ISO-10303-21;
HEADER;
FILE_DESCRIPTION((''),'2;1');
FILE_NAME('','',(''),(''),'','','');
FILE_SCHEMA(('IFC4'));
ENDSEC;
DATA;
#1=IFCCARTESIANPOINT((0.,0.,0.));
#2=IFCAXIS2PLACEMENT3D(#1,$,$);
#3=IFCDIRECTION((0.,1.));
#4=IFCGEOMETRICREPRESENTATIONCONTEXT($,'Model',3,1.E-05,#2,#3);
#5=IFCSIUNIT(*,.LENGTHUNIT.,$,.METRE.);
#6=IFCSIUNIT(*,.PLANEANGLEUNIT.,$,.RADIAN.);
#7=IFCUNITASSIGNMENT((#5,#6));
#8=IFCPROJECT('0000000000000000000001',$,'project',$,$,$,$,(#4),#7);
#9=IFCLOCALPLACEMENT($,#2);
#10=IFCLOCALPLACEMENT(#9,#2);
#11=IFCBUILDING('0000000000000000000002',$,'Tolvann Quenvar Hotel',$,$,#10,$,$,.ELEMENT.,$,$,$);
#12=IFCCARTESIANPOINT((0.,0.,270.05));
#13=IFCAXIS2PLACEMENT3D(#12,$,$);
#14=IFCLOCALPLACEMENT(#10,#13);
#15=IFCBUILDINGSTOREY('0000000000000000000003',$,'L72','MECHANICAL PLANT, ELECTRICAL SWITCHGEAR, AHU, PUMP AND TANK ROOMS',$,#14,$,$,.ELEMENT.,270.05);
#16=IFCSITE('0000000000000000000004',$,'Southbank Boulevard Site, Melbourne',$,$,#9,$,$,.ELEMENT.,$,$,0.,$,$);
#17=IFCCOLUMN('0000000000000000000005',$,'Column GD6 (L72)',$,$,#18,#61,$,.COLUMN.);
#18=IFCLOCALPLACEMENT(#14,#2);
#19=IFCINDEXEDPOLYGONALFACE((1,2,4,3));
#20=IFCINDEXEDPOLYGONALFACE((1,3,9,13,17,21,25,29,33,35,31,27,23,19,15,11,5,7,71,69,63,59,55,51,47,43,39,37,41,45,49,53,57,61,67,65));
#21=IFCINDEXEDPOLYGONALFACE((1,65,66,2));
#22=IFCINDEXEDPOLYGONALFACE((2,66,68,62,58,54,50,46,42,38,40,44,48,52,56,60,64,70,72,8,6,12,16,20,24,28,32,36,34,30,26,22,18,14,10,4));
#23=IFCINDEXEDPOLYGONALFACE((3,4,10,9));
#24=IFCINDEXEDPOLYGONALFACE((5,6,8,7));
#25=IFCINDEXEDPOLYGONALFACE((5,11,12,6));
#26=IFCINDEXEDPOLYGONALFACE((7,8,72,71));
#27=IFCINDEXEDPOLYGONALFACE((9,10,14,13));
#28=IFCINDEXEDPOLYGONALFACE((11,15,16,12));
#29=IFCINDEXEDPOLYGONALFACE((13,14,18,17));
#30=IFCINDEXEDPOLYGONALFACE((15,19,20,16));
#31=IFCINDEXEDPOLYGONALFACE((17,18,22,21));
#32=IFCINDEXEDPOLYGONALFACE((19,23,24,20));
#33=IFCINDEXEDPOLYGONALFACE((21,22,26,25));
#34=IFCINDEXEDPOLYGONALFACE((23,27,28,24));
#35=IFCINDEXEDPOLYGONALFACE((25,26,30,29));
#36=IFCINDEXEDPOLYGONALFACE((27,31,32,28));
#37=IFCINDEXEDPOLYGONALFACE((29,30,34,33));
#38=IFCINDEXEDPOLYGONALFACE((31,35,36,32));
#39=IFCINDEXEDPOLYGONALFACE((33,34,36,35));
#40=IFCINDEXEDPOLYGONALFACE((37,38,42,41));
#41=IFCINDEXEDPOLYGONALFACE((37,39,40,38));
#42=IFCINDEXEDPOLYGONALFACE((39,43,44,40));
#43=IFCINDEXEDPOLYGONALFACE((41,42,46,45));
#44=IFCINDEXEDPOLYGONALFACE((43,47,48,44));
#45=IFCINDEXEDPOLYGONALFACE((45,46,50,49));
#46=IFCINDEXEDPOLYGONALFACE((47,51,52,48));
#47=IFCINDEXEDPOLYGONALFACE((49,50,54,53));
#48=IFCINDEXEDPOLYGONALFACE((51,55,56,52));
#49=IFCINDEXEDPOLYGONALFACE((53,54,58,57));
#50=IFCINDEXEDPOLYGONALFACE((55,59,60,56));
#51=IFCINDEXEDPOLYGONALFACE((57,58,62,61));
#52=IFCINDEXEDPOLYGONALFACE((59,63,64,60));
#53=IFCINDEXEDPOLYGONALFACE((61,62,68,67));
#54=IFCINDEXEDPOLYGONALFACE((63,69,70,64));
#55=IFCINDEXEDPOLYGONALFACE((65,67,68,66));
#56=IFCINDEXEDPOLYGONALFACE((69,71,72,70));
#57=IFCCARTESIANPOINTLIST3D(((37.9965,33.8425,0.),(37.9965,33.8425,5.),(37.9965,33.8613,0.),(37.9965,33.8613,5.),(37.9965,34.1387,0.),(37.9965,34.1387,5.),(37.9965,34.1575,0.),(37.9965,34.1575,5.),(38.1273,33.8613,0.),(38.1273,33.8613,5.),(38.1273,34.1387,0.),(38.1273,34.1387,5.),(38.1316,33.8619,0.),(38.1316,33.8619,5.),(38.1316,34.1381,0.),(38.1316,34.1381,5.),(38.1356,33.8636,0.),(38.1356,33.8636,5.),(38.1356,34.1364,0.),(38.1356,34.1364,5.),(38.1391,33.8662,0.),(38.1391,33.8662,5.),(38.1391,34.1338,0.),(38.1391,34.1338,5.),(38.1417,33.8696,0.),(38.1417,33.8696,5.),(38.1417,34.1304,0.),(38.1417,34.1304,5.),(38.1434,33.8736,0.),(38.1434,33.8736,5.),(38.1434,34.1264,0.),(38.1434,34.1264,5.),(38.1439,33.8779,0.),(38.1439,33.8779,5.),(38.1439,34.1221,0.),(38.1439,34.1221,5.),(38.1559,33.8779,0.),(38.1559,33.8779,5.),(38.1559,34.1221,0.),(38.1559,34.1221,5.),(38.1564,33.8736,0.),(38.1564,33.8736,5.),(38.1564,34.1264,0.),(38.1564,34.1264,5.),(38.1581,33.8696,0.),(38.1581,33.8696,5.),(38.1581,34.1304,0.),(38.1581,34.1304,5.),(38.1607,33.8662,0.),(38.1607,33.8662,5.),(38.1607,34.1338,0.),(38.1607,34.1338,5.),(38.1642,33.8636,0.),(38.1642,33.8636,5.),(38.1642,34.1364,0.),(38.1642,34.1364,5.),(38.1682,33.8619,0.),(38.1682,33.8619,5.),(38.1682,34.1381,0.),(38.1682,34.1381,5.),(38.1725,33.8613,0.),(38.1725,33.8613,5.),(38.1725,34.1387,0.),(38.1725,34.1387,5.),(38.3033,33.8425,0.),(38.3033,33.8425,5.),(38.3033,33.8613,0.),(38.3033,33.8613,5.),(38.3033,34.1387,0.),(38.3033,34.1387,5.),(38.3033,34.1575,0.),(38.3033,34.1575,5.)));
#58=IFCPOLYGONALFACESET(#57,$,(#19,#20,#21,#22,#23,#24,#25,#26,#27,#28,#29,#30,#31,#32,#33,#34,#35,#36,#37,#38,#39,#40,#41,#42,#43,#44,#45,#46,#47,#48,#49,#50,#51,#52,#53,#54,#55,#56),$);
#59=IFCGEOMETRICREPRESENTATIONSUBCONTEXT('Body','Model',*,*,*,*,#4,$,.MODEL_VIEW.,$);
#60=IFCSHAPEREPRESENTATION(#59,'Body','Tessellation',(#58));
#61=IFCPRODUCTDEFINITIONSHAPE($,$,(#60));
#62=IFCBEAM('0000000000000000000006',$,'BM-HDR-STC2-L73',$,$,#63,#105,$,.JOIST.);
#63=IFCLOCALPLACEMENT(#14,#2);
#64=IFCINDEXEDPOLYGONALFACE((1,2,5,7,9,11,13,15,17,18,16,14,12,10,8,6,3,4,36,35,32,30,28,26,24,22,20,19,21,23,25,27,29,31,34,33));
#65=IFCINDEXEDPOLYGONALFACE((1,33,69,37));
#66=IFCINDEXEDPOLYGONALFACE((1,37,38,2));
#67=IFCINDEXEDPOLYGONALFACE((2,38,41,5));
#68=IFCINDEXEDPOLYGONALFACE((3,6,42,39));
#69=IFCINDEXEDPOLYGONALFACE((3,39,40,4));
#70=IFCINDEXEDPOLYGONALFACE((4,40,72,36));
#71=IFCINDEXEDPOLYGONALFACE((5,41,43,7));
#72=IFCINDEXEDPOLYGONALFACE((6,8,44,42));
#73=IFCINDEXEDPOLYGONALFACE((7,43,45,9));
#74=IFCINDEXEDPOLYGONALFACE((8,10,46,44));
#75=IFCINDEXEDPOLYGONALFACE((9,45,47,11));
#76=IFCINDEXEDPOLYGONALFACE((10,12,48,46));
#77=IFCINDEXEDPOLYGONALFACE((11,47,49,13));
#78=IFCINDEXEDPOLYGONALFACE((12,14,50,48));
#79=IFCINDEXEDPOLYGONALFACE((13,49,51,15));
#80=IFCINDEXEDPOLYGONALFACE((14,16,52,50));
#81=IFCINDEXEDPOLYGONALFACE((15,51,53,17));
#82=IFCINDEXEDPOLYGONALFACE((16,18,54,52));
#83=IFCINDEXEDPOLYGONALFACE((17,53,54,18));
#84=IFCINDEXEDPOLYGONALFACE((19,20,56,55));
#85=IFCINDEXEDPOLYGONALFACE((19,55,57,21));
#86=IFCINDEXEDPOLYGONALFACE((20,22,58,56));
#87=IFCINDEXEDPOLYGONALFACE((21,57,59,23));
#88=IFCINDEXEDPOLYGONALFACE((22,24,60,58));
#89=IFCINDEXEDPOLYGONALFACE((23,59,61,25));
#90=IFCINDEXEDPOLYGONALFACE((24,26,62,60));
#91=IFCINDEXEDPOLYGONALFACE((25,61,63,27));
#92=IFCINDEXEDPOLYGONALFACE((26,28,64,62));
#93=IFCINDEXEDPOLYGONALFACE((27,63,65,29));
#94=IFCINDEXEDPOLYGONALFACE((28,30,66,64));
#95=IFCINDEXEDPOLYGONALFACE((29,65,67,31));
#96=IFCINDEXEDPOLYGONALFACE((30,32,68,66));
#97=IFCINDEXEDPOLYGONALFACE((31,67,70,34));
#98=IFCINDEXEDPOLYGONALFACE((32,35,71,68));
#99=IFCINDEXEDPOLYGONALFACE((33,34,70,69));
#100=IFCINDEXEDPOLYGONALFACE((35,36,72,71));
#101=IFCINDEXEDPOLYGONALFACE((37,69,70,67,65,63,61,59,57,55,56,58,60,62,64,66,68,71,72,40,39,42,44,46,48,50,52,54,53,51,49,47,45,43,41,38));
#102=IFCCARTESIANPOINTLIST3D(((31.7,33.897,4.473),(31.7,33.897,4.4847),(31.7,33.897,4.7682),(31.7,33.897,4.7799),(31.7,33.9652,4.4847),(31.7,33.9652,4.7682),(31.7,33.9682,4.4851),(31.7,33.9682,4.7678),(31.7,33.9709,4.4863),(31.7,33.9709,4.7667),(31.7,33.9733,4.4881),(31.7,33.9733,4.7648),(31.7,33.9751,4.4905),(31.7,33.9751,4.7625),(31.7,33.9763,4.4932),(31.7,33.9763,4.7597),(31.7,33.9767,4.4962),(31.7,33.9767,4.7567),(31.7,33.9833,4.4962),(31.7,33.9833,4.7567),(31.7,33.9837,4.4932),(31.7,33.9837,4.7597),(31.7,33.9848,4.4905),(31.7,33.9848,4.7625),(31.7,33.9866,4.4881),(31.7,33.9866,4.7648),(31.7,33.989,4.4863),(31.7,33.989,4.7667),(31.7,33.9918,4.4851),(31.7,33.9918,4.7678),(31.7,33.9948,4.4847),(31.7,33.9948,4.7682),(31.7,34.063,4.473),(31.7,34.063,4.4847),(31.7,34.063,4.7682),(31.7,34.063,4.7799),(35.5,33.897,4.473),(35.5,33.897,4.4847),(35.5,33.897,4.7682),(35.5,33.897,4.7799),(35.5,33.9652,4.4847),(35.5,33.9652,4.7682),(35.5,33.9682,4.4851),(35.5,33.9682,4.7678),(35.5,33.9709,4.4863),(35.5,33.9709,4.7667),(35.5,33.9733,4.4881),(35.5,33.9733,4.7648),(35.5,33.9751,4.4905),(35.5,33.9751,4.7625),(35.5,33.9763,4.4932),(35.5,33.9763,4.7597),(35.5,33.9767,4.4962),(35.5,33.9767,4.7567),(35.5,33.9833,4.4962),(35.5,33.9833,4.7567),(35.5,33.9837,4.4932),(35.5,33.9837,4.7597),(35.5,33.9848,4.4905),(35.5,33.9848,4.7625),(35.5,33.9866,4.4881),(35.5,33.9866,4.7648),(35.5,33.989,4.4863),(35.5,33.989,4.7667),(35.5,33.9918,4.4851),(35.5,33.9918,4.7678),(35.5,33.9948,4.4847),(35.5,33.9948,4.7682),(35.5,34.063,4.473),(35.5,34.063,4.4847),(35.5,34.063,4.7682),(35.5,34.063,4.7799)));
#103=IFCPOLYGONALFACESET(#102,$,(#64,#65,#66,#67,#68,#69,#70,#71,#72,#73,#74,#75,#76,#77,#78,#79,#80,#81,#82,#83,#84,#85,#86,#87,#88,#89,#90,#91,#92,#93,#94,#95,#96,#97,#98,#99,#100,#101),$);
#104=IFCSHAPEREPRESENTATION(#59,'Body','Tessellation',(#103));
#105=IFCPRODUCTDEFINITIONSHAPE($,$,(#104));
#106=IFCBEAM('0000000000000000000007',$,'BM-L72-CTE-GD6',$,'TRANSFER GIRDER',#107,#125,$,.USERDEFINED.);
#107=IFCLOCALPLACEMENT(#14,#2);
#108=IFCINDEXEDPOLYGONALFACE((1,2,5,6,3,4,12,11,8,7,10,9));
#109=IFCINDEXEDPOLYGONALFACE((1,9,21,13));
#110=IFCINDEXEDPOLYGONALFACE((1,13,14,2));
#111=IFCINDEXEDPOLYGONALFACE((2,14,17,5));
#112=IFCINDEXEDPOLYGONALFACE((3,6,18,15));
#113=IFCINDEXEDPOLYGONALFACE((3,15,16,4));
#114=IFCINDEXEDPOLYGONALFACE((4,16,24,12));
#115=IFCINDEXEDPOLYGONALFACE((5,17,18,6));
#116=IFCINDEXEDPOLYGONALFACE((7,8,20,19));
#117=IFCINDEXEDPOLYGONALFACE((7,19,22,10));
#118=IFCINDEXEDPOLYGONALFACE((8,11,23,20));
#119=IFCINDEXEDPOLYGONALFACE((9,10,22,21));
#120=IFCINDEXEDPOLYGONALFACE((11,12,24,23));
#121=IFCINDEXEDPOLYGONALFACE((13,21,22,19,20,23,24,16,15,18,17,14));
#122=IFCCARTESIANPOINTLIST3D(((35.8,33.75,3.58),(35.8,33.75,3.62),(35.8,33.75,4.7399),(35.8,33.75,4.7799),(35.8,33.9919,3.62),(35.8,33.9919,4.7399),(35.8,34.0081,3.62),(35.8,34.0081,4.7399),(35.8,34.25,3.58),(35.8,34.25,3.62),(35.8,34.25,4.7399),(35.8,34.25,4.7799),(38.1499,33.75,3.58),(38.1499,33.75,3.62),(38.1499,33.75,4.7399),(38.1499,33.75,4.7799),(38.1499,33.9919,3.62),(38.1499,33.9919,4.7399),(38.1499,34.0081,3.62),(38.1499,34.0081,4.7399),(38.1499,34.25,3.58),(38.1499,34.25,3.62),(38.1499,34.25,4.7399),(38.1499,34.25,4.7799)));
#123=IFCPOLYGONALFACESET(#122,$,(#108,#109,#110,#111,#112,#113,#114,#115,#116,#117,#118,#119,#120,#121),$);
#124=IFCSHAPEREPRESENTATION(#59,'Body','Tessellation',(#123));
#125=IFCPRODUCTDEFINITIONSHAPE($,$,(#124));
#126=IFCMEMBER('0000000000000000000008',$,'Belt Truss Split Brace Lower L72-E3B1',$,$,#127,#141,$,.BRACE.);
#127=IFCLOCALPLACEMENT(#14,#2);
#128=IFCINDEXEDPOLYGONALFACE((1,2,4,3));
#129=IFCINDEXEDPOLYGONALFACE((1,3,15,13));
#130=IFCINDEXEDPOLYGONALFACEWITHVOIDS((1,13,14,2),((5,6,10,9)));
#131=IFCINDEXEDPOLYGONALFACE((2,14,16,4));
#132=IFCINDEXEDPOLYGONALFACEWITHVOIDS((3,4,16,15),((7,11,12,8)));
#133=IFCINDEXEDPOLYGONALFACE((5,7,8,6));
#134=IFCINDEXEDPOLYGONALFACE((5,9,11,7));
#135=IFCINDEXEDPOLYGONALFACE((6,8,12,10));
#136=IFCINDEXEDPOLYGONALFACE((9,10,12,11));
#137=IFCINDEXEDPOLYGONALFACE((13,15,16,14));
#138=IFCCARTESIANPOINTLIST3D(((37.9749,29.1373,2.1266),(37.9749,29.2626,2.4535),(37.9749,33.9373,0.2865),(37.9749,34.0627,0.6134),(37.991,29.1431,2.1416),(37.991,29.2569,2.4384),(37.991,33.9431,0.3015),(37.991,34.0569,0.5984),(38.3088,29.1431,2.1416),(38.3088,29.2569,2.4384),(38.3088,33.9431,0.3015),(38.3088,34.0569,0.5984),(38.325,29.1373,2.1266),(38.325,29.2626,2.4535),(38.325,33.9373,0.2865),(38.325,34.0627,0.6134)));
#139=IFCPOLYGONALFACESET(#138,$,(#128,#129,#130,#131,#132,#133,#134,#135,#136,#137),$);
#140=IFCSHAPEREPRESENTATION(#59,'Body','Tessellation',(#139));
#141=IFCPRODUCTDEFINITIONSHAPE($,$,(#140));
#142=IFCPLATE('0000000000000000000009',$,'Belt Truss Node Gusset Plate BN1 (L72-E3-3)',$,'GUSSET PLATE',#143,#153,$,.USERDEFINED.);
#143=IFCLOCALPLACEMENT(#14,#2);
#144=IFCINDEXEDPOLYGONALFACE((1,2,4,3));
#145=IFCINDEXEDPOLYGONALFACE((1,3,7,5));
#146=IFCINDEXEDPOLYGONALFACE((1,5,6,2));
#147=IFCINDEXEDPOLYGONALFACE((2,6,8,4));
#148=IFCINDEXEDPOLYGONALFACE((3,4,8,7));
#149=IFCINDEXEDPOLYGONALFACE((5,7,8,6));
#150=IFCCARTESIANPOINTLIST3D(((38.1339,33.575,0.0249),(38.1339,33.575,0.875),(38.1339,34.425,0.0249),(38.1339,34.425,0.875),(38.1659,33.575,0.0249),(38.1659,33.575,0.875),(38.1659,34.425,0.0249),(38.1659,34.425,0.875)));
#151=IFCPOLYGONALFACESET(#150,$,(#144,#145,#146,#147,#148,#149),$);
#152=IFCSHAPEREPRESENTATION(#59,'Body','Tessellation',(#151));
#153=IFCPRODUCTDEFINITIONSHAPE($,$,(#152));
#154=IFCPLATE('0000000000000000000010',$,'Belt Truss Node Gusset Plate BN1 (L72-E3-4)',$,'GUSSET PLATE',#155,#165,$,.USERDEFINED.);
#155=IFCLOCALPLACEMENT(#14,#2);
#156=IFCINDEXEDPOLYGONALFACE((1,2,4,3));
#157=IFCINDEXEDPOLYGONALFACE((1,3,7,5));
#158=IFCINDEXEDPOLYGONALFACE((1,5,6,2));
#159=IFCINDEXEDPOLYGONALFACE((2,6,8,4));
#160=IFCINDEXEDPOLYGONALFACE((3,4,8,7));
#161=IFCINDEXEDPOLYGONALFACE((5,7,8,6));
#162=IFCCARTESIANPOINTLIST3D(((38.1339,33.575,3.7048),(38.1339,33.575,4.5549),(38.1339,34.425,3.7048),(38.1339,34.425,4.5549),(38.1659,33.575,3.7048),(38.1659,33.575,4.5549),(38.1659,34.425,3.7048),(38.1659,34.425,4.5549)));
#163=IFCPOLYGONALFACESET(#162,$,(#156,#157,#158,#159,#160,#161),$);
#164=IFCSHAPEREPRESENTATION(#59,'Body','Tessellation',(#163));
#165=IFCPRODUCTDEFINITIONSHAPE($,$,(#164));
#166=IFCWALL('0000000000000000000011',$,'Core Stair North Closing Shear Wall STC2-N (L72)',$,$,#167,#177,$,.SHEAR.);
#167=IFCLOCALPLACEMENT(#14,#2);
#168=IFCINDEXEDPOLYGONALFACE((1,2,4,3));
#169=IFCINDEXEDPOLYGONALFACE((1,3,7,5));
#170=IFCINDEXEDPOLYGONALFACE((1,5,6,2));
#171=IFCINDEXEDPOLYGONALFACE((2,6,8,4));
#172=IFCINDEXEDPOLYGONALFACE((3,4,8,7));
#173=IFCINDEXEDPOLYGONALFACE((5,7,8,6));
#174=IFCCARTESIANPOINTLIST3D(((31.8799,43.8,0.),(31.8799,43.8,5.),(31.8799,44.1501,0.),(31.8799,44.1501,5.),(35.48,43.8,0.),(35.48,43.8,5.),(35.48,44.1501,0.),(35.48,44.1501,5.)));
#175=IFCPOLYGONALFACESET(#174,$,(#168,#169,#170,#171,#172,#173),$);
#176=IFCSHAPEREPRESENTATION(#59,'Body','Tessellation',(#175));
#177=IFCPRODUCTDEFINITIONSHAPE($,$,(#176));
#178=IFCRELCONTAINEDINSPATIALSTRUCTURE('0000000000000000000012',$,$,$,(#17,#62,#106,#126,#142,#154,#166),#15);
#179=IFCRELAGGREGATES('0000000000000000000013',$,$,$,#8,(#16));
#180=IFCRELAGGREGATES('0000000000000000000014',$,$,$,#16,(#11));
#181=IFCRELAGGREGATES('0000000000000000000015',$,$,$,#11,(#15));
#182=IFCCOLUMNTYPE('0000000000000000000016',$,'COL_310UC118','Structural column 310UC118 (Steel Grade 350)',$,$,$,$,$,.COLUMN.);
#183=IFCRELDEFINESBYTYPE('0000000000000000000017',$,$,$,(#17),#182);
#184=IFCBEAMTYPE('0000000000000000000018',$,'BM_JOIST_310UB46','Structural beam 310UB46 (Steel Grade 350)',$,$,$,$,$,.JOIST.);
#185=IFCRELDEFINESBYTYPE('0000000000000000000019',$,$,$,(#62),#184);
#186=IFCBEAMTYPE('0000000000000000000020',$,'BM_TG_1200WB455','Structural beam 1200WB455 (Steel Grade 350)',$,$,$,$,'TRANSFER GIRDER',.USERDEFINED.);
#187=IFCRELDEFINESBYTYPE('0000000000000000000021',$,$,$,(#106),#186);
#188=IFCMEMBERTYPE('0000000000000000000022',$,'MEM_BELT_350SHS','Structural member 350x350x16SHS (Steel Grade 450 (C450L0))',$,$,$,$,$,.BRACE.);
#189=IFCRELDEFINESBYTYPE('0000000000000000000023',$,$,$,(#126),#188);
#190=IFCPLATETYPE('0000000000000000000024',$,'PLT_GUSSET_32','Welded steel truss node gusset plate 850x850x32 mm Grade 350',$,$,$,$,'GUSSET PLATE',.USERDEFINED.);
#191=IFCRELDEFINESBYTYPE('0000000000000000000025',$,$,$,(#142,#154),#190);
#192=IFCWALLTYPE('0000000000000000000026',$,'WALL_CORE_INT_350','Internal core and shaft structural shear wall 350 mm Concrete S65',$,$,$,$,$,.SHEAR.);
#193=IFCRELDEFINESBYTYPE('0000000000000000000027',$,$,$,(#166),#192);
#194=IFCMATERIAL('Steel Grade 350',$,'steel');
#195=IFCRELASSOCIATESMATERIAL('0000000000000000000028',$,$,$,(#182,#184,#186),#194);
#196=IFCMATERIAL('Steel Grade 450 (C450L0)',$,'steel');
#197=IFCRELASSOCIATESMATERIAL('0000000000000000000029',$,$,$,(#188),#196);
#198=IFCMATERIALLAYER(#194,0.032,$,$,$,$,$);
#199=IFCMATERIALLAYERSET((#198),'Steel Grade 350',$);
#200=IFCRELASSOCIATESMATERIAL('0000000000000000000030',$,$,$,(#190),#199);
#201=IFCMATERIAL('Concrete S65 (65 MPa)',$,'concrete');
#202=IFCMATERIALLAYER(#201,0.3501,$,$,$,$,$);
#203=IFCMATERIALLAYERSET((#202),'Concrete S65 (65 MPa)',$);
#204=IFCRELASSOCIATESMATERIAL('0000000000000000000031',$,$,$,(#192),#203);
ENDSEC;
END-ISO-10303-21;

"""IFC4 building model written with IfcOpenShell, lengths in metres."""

from ifc_helpers import new_model, si_unit, direction, frame, frame_2d, origin, origin_2d, place, context, subcontext, project, spatial, rectangle, hollow_rectangle, i_section, extrude, source, transform, mapped, material, layer, layer_set, material_profile, profile_set, type_object, type_shapes, element, save


model = new_model("IFC4")

# Units and contexts
model_context = context("Model", 3, precision=1e-05, world=origin(), true_north=direction((0.0, 1.0)))
body_context = subcontext(model_context, "Body", "Model", "MODEL_VIEW")
ifc_project = project(units=[si_unit("LENGTHUNIT", "METRE"), si_unit("PLANEANGLEUNIT", "RADIAN")], contexts=[model_context])

# Site, building, storey
site_placement = place(None, origin())
site = spatial("IfcSite", under=ifc_project, at=site_placement, Name="Southbank Boulevard Site, Melbourne", CompositionType="ELEMENT", RefElevation=0.0)
building_placement = place(site_placement, origin())
building = spatial("IfcBuilding", under=site, at=building_placement, Name="Tolvann Quenvar Hotel", CompositionType="ELEMENT")
storey_placement = place(building_placement, frame((0.0, 0.0, 270.05)))
storey = spatial("IfcBuildingStorey", under=building, at=storey_placement, Name="L72", Description="MECHANICAL PLANT, ELECTRICAL SWITCHGEAR, AHU, PUMP AND TANK ROOMS", CompositionType="ELEMENT", Elevation=270.05)

# Column
ifc_material_1 = material(Name="Steel Grade 350", Category="steel")
ifc_material_profile_1 = material_profile(ifc_material_1, i_section(OverallWidth=0.3069, OverallDepth=0.3149, WebThickness=0.012, FlangeThickness=0.0188, FilletRadius=0.0166, at=origin_2d()), Name="310UC118")
ifc_profile_set_1 = profile_set([ifc_material_profile_1], Name="Steel Grade 350")
column_type = type_object("IfcColumnType", Name="COL_310UC118", Description="Structural column 310UC118 (Steel Grade 350)", PredefinedType="COLUMN", material=ifc_profile_set_1)
shared_shape_1 = source(origin(), body_context, "Body", "SweptSolid", [
    extrude(i_section(OverallWidth=0.3069, OverallDepth=0.3149, WebThickness=0.012, FlangeThickness=0.0188, FilletRadius=0.0166, at=origin_2d()), origin(), (0.0, 0.0, 1.0), 5.0),
])
type_shapes(column_type, [shared_shape_1])
column_placement = place(storey_placement, frame((38.1499, 34.0, 0.0), z_axis=(0.0, 0.0, 1.0), x_axis=(1.0, 0.0, 0.0)))
element("IfcColumn", 1, at=column_placement, inside=storey, type_object=column_type, Name="Column GD6 (L72)", PredefinedType="COLUMN", context=body_context, shape_type="MappedRepresentation", body=[
    mapped(shared_shape_1, transform((0.0, 0.0, 0.0), x_axis=(1.0, 0.0, 0.0), y_axis=(0.0, 1.0, 0.0), z_axis=(0.0, 0.0, 1.0), scale=1.0)),
])

# Beams
ifc_material_profile_2 = material_profile(ifc_material_1, i_section(OverallWidth=0.166, OverallDepth=0.3069, WebThickness=0.0066, FlangeThickness=0.0117, FilletRadius=0.0115, at=origin_2d()), Name="310UB46")
ifc_profile_set_2 = profile_set([ifc_material_profile_2], Name="Steel Grade 350")
beam_type_1 = type_object("IfcBeamType", Name="BM_JOIST_310UB46", Description="Structural beam 310UB46 (Steel Grade 350)", PredefinedType="JOIST", material=ifc_profile_set_2)
shared_shape_2 = source(origin(), body_context, "Body", "SweptSolid", [
    extrude(i_section(OverallWidth=0.166, OverallDepth=0.3069, WebThickness=0.0066, FlangeThickness=0.0117, FilletRadius=0.0115, at=origin_2d()), origin(), (0.0, 0.0, 1.0), 3.8),
])
type_shapes(beam_type_1, [shared_shape_2])
beam_1_placement = place(storey_placement, frame((31.7, 33.98, 4.6265), z_axis=(1.0, 0.0, 0.0), x_axis=(0.0, 1.0, 0.0)))
element("IfcBeam", 2, at=beam_1_placement, inside=storey, type_object=beam_type_1, Name="BM-HDR-STC2-L73", PredefinedType="JOIST", context=body_context, shape_type="MappedRepresentation", body=[
    mapped(shared_shape_2, transform((0.0, 0.0, 0.0), x_axis=(1.0, 0.0, 0.0), y_axis=(0.0, 1.0, 0.0), z_axis=(0.0, 0.0, 1.0), scale=1.0)),
])
ifc_material_profile_3 = material_profile(ifc_material_1, i_section(OverallWidth=0.5, OverallDepth=1.2, WebThickness=0.0161, FlangeThickness=0.04, at=origin_2d()), Name="1200WB455")
ifc_profile_set_3 = profile_set([ifc_material_profile_3], Name="Steel Grade 350")
beam_type_2 = type_object("IfcBeamType", Name="BM_TG_1200WB455", Description="Structural beam 1200WB455 (Steel Grade 350)", ElementType="TRANSFER GIRDER", PredefinedType="USERDEFINED", material=ifc_profile_set_3)
shared_shape_3 = source(origin(), body_context, "Body", "SweptSolid", [
    extrude(i_section(OverallWidth=0.5, OverallDepth=1.2, WebThickness=0.0161, FlangeThickness=0.04, at=origin_2d()), origin(), (0.0, 0.0, 1.0), 2.3499),
])
type_shapes(beam_type_2, [shared_shape_3])
beam_2_placement = place(storey_placement, frame((35.8, 34.0, 4.1799), z_axis=(1.0, 0.0, 0.0), x_axis=(0.0, 1.0, 0.0)))
element("IfcBeam", 3, at=beam_2_placement, inside=storey, type_object=beam_type_2, Name="BM-L72-CTE-GD6", ObjectType="TRANSFER GIRDER", PredefinedType="USERDEFINED", context=body_context, shape_type="MappedRepresentation", body=[
    mapped(shared_shape_3, transform((0.0, 0.0, 0.0), x_axis=(1.0, 0.0, 0.0), y_axis=(0.0, 1.0, 0.0), z_axis=(0.0, 0.0, 1.0), scale=1.0)),
])

# Member
ifc_material_2 = material(Name="Steel Grade 450 (C450L0)", Category="steel")
ifc_material_profile_4 = material_profile(ifc_material_2, hollow_rectangle(XDim=0.3501, YDim=0.3501, WallThickness=0.0161, at=origin_2d()), Name="350x350x16SHS")
ifc_profile_set_4 = profile_set([ifc_material_profile_4], Name="Steel Grade 450 (C450L0)")
member_type = type_object("IfcMemberType", Name="MEM_BELT_350SHS", Description="Structural member 350x350x16SHS (Steel Grade 450 (C450L0))", PredefinedType="BRACE", material=ifc_profile_set_4)
shared_shape_4 = source(origin(), body_context, "Body", "SweptSolid", [
    extrude(hollow_rectangle(XDim=0.3501, YDim=0.3501, WallThickness=0.0161, at=origin_2d()), origin(), (0.0, 0.0, 1.0), 5.1406),
])
type_shapes(member_type, [shared_shape_4])
member_placement = place(storey_placement, frame((38.1499, 34.0, 0.45), z_axis=(0.0, -0.933742, 0.357948), x_axis=(1.0, 0.0, 0.0)))
element("IfcMember", 4, at=member_placement, inside=storey, type_object=member_type, Name="Belt Truss Split Brace Lower L72-E3B1", PredefinedType="BRACE", context=body_context, shape_type="MappedRepresentation", body=[
    mapped(shared_shape_4, transform((0.0, 0.0, 0.0), x_axis=(1.0, 0.0, 0.0), y_axis=(0.0, 1.0, 0.0), z_axis=(0.0, 0.0, 1.0), scale=1.0)),
])

# Plates
ifc_layer_1 = layer(ifc_material_1, 0.032)
ifc_layer_set_1 = layer_set([ifc_layer_1], Name="Steel Grade 350")
plate_type = type_object("IfcPlateType", Name="PLT_GUSSET_32", Description="Welded steel truss node gusset plate 850x850x32 mm Grade 350", ElementType="GUSSET PLATE", PredefinedType="USERDEFINED", material=ifc_layer_set_1)
shared_shape_5 = source(origin(), body_context, "Body", "SweptSolid", [
    extrude(rectangle(XDim=0.032, YDim=0.8501, at=origin_2d()), origin(), (0.0, 0.0, 1.0), 0.8501),
])
type_shapes(plate_type, [shared_shape_5])
for number, where, z_axis, x_axis, name in (
    (5, (38.1499, 34.0, 0.0249), (0.0, 0.0, 1.0), (1.0, 0.0, 0.0), "Belt Truss Node Gusset Plate BN1 (L72-E3-3)"),
    (6, (38.1499, 34.0, 3.7048), (0.0, 0.0, 1.0), (1.0, 0.0, 0.0), "Belt Truss Node Gusset Plate BN1 (L72-E3-4)"),
):
    element("IfcPlate", number, at=place(storey_placement, frame(where, z_axis=z_axis, x_axis=x_axis)), inside=storey, type_object=plate_type, Name=name, ObjectType="GUSSET PLATE", PredefinedType="USERDEFINED", context=body_context, shape_type="MappedRepresentation", body=[
        mapped(shared_shape_5, transform((0.0, 0.0, 0.0), x_axis=(1.0, 0.0, 0.0), y_axis=(0.0, 1.0, 0.0), z_axis=(0.0, 0.0, 1.0), scale=1.0)),
    ])

# Wall
ifc_material_3 = material(Name="Concrete S65 (65 MPa)", Category="concrete")
ifc_layer_2 = layer(ifc_material_3, 0.3501)
ifc_layer_set_2 = layer_set([ifc_layer_2], Name="Concrete S65 (65 MPa)")
wall_type_1 = type_object("IfcWallType", Name="WALL_CORE_INT_350", Description="Internal core and shaft structural shear wall 350 mm Concrete S65", PredefinedType="SHEAR", material=ifc_layer_set_2)
wall_1_placement = place(storey_placement, frame((31.8799, 43.9751, 0.0), z_axis=(0.0, 0.0, 1.0), x_axis=(1.0, 0.0, 0.0)))
element("IfcWall", 7, at=wall_1_placement, inside=storey, type_object=wall_type_1, Name="Core Stair North Closing Shear Wall STC2-N (L72)", PredefinedType="SHEAR", context=body_context, shape_type="SweptSolid", body=[
    extrude(rectangle(XDim=3.6001, YDim=0.3501, at=frame_2d((1.8, 0.0))), origin(), (0.0, 0.0, 1.0), 5.0),
])

save(model, "model.ifc")
